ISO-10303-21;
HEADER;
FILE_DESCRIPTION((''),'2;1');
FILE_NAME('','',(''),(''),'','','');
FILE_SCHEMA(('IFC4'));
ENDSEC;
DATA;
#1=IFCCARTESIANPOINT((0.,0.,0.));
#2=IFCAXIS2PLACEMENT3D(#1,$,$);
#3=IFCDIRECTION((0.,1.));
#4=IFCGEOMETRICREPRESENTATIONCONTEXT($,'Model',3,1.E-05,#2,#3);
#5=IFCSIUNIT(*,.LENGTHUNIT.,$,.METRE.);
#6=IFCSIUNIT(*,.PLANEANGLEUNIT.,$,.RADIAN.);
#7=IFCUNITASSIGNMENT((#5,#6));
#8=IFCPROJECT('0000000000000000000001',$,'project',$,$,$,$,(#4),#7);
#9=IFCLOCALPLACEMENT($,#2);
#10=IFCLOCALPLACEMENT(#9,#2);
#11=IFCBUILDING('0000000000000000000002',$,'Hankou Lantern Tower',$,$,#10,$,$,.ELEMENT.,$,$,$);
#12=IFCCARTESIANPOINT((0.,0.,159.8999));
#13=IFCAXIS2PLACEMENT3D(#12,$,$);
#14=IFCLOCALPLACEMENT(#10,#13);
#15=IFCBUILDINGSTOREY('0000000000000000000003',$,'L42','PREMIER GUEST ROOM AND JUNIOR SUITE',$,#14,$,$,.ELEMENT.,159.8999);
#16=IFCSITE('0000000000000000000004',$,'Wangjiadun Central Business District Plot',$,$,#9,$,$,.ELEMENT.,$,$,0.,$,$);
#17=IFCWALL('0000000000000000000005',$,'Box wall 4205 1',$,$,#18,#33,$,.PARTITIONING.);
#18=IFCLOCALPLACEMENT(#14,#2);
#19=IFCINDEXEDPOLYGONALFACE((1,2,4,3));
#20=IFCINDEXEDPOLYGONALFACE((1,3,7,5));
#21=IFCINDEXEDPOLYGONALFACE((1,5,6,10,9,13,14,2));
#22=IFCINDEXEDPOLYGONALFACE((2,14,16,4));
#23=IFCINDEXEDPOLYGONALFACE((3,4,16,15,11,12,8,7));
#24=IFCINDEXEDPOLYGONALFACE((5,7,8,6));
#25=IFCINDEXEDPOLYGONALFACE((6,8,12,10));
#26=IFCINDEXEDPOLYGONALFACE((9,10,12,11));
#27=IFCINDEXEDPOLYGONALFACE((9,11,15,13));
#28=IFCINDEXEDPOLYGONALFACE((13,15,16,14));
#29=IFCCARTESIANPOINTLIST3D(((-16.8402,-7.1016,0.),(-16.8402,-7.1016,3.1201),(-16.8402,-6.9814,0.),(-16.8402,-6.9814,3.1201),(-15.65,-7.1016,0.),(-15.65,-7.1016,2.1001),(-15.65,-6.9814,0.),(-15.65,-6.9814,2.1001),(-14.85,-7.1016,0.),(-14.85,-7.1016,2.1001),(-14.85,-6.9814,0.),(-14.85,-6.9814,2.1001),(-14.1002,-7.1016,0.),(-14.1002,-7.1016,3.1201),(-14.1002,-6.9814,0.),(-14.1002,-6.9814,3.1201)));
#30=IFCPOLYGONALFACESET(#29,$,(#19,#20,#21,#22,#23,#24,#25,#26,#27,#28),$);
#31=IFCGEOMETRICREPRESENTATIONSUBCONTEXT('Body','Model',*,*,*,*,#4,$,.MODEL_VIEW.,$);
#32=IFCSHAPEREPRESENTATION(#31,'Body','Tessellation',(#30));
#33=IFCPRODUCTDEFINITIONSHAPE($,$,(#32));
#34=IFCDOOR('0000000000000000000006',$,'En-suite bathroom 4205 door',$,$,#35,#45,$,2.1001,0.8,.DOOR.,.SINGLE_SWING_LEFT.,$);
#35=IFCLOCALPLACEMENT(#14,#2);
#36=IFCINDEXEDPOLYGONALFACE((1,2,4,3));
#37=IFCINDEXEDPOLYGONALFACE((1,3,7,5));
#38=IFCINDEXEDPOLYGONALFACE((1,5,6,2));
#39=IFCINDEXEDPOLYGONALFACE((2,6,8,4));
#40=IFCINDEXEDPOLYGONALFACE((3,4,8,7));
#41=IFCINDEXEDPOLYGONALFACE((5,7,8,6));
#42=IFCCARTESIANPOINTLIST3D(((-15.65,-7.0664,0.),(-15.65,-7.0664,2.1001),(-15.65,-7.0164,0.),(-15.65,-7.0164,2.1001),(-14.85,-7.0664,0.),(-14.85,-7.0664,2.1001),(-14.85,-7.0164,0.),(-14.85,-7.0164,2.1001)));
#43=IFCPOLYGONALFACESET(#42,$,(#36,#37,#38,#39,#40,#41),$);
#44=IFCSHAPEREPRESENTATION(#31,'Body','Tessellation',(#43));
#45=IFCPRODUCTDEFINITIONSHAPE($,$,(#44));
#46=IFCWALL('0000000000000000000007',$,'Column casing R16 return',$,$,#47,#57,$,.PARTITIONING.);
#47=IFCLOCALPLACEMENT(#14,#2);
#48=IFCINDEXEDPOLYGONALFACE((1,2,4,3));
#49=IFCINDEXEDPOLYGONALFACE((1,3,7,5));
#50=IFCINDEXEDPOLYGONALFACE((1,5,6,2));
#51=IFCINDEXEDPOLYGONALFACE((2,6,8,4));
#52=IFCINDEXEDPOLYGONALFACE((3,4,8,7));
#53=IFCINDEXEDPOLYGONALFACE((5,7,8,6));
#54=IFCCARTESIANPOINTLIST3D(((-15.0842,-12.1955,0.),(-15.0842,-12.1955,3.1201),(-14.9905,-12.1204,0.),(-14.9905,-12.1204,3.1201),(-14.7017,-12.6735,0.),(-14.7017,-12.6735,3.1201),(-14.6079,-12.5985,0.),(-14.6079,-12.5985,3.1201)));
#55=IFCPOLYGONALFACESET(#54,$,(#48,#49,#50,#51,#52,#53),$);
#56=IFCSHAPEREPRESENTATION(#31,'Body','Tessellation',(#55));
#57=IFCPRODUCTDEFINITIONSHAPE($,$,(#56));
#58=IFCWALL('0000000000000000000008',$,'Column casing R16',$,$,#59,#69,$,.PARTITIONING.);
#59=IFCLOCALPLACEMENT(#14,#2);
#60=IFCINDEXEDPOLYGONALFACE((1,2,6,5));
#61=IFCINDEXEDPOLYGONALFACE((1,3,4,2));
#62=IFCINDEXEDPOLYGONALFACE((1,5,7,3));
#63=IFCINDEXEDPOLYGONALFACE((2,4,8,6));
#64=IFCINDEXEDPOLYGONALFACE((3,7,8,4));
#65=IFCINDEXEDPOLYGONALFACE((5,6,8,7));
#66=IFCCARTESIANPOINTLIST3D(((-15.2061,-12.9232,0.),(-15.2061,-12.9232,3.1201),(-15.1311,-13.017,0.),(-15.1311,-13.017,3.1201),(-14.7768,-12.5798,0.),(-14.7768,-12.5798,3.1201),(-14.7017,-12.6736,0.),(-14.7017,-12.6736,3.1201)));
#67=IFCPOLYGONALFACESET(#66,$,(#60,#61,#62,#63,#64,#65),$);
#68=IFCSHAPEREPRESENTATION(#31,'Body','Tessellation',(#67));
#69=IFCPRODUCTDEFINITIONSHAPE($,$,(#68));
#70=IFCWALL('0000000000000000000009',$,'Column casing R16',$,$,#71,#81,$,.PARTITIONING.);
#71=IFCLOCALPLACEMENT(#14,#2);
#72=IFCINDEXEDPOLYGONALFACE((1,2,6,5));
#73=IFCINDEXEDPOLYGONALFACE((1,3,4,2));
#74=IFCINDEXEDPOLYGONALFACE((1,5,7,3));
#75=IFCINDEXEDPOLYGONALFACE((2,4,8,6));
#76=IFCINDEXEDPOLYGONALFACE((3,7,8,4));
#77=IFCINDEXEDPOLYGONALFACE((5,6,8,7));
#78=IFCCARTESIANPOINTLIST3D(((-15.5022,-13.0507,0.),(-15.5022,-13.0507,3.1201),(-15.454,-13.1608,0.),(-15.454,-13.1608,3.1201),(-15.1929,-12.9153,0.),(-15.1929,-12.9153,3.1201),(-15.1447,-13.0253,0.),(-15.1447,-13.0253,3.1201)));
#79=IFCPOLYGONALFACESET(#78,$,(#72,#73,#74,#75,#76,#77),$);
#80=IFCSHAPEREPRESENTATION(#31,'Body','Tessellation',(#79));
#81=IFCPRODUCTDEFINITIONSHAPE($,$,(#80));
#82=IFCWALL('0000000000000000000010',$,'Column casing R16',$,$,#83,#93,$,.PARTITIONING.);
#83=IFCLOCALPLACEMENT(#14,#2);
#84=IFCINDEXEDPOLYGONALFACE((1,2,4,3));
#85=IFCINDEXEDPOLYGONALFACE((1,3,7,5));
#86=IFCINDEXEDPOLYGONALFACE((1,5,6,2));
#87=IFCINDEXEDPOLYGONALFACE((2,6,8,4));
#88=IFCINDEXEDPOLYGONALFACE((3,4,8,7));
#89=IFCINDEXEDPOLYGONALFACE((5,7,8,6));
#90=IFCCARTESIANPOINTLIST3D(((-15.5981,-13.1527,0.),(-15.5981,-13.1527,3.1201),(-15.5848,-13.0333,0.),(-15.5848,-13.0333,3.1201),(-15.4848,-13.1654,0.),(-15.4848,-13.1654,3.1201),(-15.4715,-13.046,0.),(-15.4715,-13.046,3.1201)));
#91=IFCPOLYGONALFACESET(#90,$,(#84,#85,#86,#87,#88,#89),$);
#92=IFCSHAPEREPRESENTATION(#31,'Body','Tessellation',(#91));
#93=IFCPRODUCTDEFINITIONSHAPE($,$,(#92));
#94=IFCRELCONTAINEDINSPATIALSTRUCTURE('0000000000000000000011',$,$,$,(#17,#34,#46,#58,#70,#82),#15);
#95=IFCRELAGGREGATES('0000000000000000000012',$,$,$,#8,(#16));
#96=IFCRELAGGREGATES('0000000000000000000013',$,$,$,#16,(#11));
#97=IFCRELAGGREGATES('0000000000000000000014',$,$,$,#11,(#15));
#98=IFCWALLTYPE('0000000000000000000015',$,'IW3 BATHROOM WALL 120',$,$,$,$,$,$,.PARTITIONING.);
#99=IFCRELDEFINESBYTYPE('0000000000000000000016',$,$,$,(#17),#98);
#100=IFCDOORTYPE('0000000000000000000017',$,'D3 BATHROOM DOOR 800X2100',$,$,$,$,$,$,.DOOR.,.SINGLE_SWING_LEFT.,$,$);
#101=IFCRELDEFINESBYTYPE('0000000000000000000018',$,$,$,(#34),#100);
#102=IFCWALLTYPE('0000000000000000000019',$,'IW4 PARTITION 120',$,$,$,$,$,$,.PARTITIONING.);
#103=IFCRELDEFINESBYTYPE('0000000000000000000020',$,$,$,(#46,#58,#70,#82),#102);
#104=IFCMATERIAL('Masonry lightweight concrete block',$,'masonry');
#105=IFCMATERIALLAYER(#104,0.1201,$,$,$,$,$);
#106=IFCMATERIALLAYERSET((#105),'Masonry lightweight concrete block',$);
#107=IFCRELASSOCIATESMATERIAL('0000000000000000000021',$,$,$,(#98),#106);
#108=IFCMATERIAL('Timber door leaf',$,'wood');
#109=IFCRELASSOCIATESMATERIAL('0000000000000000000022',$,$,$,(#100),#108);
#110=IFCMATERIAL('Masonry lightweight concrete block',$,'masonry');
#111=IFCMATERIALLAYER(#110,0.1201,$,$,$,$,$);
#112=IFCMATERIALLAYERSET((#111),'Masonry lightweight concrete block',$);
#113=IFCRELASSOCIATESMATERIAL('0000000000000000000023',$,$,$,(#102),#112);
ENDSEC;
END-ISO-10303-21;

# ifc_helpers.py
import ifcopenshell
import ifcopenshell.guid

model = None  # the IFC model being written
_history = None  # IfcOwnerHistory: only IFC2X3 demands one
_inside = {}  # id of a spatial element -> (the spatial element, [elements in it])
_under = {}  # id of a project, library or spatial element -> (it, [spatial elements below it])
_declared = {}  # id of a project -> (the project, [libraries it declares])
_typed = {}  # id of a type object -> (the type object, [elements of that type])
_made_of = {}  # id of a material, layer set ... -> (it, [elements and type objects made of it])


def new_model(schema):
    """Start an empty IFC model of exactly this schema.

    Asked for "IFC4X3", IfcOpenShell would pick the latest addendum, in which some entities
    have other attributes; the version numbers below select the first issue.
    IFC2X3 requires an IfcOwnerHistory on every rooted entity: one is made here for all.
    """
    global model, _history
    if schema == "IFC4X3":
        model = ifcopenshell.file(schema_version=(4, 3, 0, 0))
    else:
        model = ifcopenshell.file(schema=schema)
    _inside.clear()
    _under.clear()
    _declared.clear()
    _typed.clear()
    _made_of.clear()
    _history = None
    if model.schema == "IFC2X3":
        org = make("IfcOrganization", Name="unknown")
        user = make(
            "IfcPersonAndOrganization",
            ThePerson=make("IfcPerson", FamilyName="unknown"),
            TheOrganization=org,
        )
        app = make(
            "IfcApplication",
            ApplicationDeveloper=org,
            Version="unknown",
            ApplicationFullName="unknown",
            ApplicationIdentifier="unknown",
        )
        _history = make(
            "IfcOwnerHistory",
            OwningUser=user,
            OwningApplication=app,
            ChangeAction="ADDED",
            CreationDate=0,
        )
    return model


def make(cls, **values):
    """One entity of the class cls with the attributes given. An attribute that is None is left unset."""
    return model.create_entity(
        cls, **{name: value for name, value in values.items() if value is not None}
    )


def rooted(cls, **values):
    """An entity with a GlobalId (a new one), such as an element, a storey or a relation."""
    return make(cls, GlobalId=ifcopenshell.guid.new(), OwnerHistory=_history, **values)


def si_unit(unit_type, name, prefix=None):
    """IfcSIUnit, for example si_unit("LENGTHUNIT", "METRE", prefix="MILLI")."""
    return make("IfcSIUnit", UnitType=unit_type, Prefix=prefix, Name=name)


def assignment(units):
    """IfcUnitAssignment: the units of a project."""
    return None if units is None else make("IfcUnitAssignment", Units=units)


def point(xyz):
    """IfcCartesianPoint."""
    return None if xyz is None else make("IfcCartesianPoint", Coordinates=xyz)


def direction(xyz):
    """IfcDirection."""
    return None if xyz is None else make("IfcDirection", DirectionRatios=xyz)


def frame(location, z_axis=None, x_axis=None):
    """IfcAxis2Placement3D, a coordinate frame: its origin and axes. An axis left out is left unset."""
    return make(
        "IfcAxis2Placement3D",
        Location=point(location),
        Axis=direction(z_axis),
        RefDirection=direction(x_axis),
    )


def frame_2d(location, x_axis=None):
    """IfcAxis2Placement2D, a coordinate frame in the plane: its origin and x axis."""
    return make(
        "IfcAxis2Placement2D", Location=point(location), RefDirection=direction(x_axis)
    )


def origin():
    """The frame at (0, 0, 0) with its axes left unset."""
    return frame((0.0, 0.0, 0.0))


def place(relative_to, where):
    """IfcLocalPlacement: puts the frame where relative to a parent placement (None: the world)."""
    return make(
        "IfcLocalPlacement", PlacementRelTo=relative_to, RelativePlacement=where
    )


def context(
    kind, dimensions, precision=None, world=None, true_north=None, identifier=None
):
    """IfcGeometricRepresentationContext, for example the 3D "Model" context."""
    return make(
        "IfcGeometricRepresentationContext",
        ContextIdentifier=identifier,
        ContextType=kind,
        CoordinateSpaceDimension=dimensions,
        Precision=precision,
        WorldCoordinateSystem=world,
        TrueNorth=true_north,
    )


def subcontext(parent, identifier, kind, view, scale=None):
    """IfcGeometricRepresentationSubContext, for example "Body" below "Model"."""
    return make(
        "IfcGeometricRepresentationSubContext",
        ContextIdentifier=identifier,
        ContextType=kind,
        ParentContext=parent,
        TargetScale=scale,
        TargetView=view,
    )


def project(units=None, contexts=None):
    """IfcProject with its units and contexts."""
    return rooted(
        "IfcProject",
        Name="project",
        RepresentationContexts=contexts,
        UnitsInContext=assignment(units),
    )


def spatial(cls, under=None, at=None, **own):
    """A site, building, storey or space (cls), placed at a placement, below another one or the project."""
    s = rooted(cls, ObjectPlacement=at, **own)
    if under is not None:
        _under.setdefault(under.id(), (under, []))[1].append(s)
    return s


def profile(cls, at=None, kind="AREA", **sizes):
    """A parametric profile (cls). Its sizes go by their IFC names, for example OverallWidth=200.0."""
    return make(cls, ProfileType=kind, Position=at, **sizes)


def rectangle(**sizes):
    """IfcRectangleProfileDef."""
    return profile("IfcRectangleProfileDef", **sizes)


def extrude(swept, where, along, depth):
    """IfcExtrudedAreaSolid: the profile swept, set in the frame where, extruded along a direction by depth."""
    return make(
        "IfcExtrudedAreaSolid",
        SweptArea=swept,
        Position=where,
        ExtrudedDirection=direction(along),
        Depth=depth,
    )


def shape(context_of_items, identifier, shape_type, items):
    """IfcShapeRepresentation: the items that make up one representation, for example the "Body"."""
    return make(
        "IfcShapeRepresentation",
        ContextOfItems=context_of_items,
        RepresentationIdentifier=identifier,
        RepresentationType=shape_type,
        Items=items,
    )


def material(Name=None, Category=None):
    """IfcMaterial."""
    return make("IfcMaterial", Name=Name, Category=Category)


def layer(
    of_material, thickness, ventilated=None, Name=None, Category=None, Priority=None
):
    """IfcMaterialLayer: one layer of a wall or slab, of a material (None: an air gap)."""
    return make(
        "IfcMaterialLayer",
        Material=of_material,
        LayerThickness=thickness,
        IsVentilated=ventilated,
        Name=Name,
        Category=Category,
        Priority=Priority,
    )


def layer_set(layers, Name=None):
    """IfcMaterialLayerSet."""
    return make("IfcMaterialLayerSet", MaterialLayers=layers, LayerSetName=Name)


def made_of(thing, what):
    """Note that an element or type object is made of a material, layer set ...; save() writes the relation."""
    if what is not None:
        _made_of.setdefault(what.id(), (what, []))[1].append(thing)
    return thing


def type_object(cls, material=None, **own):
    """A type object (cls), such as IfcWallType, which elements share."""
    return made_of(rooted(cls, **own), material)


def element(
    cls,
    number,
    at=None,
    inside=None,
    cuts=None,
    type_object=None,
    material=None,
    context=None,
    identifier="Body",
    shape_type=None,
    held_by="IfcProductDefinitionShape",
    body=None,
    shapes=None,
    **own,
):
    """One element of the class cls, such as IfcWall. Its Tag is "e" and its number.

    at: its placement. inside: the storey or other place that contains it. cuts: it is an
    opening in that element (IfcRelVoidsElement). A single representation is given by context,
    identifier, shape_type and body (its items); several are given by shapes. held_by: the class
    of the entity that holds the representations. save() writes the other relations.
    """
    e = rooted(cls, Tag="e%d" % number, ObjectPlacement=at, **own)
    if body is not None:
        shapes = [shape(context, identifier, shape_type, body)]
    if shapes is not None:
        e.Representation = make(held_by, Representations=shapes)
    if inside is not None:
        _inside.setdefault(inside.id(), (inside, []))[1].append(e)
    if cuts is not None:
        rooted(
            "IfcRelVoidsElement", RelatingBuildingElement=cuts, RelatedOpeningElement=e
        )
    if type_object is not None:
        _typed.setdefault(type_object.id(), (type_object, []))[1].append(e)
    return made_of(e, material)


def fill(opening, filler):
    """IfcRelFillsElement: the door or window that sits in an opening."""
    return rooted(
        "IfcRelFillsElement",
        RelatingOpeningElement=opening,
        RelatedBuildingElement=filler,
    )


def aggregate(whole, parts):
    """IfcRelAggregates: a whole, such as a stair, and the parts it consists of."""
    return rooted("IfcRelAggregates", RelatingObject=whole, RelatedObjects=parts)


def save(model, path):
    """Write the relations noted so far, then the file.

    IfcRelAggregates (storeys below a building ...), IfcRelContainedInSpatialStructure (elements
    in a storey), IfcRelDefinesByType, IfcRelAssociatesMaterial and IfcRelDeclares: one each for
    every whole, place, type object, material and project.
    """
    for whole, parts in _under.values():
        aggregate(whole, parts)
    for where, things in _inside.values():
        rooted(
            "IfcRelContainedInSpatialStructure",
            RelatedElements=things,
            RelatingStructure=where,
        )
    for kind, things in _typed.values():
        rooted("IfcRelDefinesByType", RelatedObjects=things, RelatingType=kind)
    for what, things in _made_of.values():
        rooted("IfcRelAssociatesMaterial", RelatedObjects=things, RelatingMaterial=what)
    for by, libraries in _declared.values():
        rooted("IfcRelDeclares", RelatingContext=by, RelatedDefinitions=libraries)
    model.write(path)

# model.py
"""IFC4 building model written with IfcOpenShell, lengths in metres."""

from ifc_helpers import new_model, si_unit, direction, frame, frame_2d, origin, place, context, subcontext, project, spatial, rectangle, extrude, material, layer, layer_set, type_object, element, fill, save


model = new_model("IFC4")

# Units and contexts
model_context = context("Model", 3, precision=1e-05, world=origin(), true_north=direction((0.0, 1.0)))
body_context = subcontext(model_context, "Body", "Model", "MODEL_VIEW")
ifc_project = project(units=[si_unit("LENGTHUNIT", "METRE"), si_unit("PLANEANGLEUNIT", "RADIAN")], contexts=[model_context])

# Site, building, storey
site_placement = place(None, origin())
site = spatial("IfcSite", under=ifc_project, at=site_placement, Name="Wangjiadun Central Business District Plot", CompositionType="ELEMENT", RefElevation=0.0)
building_placement = place(site_placement, origin())
building = spatial("IfcBuilding", under=site, at=building_placement, Name="Hankou Lantern Tower", CompositionType="ELEMENT")
storey_placement = place(building_placement, frame((0.0, 0.0, 159.8999)))
storey = spatial("IfcBuildingStorey", under=building, at=storey_placement, Name="L42", Description="PREMIER GUEST ROOM AND JUNIOR SUITE", CompositionType="ELEMENT", Elevation=159.8999)

# Shared definitions
ifc_material_1 = material(Name="Masonry lightweight concrete block", Category="masonry")
ifc_layer_1 = layer(ifc_material_1, 0.1201)
ifc_layer_set_1 = layer_set([ifc_layer_1], Name="Masonry lightweight concrete block")
wall_type_1 = type_object("IfcWallType", Name="IW3 BATHROOM WALL 120", PredefinedType="PARTITIONING", material=ifc_layer_set_1)
ifc_material_2 = material(Name="Timber door leaf", Category="wood")
door_type = type_object("IfcDoorType", Name="D3 BATHROOM DOOR 800X2100", OperationType="SINGLE_SWING_LEFT", PredefinedType="DOOR", material=ifc_material_2)

# Wall, opening, door
wall_1_placement = place(storey_placement, frame((-14.1001, -7.0415, 0.0), z_axis=(0.0, 0.0, 1.0), x_axis=(-1.0, 0.0, 0.0)))
wall_1 = element("IfcWall", 1, at=wall_1_placement, inside=storey, type_object=wall_type_1, Name="Box wall 4205 1", PredefinedType="PARTITIONING", context=body_context, shape_type="SweptSolid", body=[
    extrude(rectangle(XDim=2.74, YDim=0.1201, at=frame_2d((1.3701, 0.0))), origin(), (0.0, 0.0, 1.0), 3.1201),
])
opening_1_placement = place(wall_1_placement, frame((0.75, 0.0, 0.0)))
opening_1 = element("IfcOpeningElement", 2, at=opening_1_placement, cuts=wall_1, PredefinedType="OPENING", context=body_context, shape_type="SweptSolid", body=[
    extrude(rectangle(XDim=0.8, YDim=2.1001, at=frame_2d((0.3999, 1.05))), frame((0.0, 0.0701, 0.0), z_axis=(0.0, -1.0, 0.0), x_axis=(1.0, 0.0, 0.0)), (0.0, 0.0, 1.0), 0.1401),
])
door_1_placement = place(opening_1_placement, origin())
door_1 = element("IfcDoor", 3, at=door_1_placement, inside=storey, type_object=door_type, Name="En-suite bathroom 4205 door", OperationType="SINGLE_SWING_LEFT", OverallHeight=2.1001, OverallWidth=0.8, PredefinedType="DOOR", context=body_context, shape_type="SweptSolid", body=[
    extrude(rectangle(XDim=0.8, YDim=2.1001, at=frame_2d((0.3999, 1.05))), frame((0.0, 0.0249, 0.0), z_axis=(0.0, -1.0, 0.0), x_axis=(1.0, 0.0, 0.0)), (0.0, 0.0, 1.0), 0.05),
])
fill(opening_1, door_1)

# Walls
ifc_material_3 = material(Name="Masonry lightweight concrete block", Category="masonry")
ifc_layer_2 = layer(ifc_material_3, 0.1201)
ifc_layer_set_2 = layer_set([ifc_layer_2], Name="Masonry lightweight concrete block")
wall_type_2 = type_object("IfcWallType", Name="IW4 PARTITION 120", PredefinedType="PARTITIONING", material=ifc_layer_set_2)
wall_2_placement = place(storey_placement, frame((-15.0374, -12.158, 0.0), z_axis=(0.0, 0.0, 1.0), x_axis=(0.624841, -0.780752, 0.0)))
element("IfcWall", 4, at=wall_2_placement, inside=storey, type_object=wall_type_2, Name="Column casing R16 return", PredefinedType="PARTITIONING", context=body_context, shape_type="SweptSolid", body=[
    extrude(rectangle(XDim=0.6123, YDim=0.1201, at=frame_2d((0.3062, 0.0))), origin(), (0.0, 0.0, 1.0), 3.1201),
])
wall_3_placement = place(storey_placement, frame((-14.7393, -12.6267, 0.0), z_axis=(0.0, 0.0, 1.0), x_axis=(-0.780912, -0.624641, 0.0)))
element("IfcWall", 5, at=wall_3_placement, inside=storey, type_object=wall_type_2, Name="Column casing R16", PredefinedType="PARTITIONING", context=body_context, shape_type="SweptSolid", body=[
    extrude(rectangle(XDim=0.5498, YDim=0.1201, at=frame_2d((0.2749, 0.0))), origin(), (0.0, 0.0, 1.0), 3.1201),
])
wall_4_placement = place(storey_placement, frame((-15.1687, -12.9702, 0.0), z_axis=(0.0, 0.0, 1.0), x_axis=(-0.915975, -0.401236, 0.0)))
element("IfcWall", 6, at=wall_4_placement, inside=storey, type_object=wall_type_2, Name="Column casing R16", PredefinedType="PARTITIONING", context=body_context, shape_type="SweptSolid", body=[
    extrude(rectangle(XDim=0.3376, YDim=0.1201, at=frame_2d((0.1689, 0.0))), origin(), (0.0, 0.0, 1.0), 3.1201),
])
wall_5_placement = place(storey_placement, frame((-15.478, -13.1057, 0.0), z_axis=(0.0, 0.0, 1.0), x_axis=(-0.993779, 0.111372, 0.0)))
element("IfcWall", 7, at=wall_5_placement, inside=storey, type_object=wall_type_2, Name="Column casing R16", PredefinedType="PARTITIONING", context=body_context, shape_type="SweptSolid", body=[
    extrude(rectangle(XDim=0.114, YDim=0.1201, at=frame_2d((0.0571, 0.0))), origin(), (0.0, 0.0, 1.0), 3.1201),
])

save(model, "model.ifc")
